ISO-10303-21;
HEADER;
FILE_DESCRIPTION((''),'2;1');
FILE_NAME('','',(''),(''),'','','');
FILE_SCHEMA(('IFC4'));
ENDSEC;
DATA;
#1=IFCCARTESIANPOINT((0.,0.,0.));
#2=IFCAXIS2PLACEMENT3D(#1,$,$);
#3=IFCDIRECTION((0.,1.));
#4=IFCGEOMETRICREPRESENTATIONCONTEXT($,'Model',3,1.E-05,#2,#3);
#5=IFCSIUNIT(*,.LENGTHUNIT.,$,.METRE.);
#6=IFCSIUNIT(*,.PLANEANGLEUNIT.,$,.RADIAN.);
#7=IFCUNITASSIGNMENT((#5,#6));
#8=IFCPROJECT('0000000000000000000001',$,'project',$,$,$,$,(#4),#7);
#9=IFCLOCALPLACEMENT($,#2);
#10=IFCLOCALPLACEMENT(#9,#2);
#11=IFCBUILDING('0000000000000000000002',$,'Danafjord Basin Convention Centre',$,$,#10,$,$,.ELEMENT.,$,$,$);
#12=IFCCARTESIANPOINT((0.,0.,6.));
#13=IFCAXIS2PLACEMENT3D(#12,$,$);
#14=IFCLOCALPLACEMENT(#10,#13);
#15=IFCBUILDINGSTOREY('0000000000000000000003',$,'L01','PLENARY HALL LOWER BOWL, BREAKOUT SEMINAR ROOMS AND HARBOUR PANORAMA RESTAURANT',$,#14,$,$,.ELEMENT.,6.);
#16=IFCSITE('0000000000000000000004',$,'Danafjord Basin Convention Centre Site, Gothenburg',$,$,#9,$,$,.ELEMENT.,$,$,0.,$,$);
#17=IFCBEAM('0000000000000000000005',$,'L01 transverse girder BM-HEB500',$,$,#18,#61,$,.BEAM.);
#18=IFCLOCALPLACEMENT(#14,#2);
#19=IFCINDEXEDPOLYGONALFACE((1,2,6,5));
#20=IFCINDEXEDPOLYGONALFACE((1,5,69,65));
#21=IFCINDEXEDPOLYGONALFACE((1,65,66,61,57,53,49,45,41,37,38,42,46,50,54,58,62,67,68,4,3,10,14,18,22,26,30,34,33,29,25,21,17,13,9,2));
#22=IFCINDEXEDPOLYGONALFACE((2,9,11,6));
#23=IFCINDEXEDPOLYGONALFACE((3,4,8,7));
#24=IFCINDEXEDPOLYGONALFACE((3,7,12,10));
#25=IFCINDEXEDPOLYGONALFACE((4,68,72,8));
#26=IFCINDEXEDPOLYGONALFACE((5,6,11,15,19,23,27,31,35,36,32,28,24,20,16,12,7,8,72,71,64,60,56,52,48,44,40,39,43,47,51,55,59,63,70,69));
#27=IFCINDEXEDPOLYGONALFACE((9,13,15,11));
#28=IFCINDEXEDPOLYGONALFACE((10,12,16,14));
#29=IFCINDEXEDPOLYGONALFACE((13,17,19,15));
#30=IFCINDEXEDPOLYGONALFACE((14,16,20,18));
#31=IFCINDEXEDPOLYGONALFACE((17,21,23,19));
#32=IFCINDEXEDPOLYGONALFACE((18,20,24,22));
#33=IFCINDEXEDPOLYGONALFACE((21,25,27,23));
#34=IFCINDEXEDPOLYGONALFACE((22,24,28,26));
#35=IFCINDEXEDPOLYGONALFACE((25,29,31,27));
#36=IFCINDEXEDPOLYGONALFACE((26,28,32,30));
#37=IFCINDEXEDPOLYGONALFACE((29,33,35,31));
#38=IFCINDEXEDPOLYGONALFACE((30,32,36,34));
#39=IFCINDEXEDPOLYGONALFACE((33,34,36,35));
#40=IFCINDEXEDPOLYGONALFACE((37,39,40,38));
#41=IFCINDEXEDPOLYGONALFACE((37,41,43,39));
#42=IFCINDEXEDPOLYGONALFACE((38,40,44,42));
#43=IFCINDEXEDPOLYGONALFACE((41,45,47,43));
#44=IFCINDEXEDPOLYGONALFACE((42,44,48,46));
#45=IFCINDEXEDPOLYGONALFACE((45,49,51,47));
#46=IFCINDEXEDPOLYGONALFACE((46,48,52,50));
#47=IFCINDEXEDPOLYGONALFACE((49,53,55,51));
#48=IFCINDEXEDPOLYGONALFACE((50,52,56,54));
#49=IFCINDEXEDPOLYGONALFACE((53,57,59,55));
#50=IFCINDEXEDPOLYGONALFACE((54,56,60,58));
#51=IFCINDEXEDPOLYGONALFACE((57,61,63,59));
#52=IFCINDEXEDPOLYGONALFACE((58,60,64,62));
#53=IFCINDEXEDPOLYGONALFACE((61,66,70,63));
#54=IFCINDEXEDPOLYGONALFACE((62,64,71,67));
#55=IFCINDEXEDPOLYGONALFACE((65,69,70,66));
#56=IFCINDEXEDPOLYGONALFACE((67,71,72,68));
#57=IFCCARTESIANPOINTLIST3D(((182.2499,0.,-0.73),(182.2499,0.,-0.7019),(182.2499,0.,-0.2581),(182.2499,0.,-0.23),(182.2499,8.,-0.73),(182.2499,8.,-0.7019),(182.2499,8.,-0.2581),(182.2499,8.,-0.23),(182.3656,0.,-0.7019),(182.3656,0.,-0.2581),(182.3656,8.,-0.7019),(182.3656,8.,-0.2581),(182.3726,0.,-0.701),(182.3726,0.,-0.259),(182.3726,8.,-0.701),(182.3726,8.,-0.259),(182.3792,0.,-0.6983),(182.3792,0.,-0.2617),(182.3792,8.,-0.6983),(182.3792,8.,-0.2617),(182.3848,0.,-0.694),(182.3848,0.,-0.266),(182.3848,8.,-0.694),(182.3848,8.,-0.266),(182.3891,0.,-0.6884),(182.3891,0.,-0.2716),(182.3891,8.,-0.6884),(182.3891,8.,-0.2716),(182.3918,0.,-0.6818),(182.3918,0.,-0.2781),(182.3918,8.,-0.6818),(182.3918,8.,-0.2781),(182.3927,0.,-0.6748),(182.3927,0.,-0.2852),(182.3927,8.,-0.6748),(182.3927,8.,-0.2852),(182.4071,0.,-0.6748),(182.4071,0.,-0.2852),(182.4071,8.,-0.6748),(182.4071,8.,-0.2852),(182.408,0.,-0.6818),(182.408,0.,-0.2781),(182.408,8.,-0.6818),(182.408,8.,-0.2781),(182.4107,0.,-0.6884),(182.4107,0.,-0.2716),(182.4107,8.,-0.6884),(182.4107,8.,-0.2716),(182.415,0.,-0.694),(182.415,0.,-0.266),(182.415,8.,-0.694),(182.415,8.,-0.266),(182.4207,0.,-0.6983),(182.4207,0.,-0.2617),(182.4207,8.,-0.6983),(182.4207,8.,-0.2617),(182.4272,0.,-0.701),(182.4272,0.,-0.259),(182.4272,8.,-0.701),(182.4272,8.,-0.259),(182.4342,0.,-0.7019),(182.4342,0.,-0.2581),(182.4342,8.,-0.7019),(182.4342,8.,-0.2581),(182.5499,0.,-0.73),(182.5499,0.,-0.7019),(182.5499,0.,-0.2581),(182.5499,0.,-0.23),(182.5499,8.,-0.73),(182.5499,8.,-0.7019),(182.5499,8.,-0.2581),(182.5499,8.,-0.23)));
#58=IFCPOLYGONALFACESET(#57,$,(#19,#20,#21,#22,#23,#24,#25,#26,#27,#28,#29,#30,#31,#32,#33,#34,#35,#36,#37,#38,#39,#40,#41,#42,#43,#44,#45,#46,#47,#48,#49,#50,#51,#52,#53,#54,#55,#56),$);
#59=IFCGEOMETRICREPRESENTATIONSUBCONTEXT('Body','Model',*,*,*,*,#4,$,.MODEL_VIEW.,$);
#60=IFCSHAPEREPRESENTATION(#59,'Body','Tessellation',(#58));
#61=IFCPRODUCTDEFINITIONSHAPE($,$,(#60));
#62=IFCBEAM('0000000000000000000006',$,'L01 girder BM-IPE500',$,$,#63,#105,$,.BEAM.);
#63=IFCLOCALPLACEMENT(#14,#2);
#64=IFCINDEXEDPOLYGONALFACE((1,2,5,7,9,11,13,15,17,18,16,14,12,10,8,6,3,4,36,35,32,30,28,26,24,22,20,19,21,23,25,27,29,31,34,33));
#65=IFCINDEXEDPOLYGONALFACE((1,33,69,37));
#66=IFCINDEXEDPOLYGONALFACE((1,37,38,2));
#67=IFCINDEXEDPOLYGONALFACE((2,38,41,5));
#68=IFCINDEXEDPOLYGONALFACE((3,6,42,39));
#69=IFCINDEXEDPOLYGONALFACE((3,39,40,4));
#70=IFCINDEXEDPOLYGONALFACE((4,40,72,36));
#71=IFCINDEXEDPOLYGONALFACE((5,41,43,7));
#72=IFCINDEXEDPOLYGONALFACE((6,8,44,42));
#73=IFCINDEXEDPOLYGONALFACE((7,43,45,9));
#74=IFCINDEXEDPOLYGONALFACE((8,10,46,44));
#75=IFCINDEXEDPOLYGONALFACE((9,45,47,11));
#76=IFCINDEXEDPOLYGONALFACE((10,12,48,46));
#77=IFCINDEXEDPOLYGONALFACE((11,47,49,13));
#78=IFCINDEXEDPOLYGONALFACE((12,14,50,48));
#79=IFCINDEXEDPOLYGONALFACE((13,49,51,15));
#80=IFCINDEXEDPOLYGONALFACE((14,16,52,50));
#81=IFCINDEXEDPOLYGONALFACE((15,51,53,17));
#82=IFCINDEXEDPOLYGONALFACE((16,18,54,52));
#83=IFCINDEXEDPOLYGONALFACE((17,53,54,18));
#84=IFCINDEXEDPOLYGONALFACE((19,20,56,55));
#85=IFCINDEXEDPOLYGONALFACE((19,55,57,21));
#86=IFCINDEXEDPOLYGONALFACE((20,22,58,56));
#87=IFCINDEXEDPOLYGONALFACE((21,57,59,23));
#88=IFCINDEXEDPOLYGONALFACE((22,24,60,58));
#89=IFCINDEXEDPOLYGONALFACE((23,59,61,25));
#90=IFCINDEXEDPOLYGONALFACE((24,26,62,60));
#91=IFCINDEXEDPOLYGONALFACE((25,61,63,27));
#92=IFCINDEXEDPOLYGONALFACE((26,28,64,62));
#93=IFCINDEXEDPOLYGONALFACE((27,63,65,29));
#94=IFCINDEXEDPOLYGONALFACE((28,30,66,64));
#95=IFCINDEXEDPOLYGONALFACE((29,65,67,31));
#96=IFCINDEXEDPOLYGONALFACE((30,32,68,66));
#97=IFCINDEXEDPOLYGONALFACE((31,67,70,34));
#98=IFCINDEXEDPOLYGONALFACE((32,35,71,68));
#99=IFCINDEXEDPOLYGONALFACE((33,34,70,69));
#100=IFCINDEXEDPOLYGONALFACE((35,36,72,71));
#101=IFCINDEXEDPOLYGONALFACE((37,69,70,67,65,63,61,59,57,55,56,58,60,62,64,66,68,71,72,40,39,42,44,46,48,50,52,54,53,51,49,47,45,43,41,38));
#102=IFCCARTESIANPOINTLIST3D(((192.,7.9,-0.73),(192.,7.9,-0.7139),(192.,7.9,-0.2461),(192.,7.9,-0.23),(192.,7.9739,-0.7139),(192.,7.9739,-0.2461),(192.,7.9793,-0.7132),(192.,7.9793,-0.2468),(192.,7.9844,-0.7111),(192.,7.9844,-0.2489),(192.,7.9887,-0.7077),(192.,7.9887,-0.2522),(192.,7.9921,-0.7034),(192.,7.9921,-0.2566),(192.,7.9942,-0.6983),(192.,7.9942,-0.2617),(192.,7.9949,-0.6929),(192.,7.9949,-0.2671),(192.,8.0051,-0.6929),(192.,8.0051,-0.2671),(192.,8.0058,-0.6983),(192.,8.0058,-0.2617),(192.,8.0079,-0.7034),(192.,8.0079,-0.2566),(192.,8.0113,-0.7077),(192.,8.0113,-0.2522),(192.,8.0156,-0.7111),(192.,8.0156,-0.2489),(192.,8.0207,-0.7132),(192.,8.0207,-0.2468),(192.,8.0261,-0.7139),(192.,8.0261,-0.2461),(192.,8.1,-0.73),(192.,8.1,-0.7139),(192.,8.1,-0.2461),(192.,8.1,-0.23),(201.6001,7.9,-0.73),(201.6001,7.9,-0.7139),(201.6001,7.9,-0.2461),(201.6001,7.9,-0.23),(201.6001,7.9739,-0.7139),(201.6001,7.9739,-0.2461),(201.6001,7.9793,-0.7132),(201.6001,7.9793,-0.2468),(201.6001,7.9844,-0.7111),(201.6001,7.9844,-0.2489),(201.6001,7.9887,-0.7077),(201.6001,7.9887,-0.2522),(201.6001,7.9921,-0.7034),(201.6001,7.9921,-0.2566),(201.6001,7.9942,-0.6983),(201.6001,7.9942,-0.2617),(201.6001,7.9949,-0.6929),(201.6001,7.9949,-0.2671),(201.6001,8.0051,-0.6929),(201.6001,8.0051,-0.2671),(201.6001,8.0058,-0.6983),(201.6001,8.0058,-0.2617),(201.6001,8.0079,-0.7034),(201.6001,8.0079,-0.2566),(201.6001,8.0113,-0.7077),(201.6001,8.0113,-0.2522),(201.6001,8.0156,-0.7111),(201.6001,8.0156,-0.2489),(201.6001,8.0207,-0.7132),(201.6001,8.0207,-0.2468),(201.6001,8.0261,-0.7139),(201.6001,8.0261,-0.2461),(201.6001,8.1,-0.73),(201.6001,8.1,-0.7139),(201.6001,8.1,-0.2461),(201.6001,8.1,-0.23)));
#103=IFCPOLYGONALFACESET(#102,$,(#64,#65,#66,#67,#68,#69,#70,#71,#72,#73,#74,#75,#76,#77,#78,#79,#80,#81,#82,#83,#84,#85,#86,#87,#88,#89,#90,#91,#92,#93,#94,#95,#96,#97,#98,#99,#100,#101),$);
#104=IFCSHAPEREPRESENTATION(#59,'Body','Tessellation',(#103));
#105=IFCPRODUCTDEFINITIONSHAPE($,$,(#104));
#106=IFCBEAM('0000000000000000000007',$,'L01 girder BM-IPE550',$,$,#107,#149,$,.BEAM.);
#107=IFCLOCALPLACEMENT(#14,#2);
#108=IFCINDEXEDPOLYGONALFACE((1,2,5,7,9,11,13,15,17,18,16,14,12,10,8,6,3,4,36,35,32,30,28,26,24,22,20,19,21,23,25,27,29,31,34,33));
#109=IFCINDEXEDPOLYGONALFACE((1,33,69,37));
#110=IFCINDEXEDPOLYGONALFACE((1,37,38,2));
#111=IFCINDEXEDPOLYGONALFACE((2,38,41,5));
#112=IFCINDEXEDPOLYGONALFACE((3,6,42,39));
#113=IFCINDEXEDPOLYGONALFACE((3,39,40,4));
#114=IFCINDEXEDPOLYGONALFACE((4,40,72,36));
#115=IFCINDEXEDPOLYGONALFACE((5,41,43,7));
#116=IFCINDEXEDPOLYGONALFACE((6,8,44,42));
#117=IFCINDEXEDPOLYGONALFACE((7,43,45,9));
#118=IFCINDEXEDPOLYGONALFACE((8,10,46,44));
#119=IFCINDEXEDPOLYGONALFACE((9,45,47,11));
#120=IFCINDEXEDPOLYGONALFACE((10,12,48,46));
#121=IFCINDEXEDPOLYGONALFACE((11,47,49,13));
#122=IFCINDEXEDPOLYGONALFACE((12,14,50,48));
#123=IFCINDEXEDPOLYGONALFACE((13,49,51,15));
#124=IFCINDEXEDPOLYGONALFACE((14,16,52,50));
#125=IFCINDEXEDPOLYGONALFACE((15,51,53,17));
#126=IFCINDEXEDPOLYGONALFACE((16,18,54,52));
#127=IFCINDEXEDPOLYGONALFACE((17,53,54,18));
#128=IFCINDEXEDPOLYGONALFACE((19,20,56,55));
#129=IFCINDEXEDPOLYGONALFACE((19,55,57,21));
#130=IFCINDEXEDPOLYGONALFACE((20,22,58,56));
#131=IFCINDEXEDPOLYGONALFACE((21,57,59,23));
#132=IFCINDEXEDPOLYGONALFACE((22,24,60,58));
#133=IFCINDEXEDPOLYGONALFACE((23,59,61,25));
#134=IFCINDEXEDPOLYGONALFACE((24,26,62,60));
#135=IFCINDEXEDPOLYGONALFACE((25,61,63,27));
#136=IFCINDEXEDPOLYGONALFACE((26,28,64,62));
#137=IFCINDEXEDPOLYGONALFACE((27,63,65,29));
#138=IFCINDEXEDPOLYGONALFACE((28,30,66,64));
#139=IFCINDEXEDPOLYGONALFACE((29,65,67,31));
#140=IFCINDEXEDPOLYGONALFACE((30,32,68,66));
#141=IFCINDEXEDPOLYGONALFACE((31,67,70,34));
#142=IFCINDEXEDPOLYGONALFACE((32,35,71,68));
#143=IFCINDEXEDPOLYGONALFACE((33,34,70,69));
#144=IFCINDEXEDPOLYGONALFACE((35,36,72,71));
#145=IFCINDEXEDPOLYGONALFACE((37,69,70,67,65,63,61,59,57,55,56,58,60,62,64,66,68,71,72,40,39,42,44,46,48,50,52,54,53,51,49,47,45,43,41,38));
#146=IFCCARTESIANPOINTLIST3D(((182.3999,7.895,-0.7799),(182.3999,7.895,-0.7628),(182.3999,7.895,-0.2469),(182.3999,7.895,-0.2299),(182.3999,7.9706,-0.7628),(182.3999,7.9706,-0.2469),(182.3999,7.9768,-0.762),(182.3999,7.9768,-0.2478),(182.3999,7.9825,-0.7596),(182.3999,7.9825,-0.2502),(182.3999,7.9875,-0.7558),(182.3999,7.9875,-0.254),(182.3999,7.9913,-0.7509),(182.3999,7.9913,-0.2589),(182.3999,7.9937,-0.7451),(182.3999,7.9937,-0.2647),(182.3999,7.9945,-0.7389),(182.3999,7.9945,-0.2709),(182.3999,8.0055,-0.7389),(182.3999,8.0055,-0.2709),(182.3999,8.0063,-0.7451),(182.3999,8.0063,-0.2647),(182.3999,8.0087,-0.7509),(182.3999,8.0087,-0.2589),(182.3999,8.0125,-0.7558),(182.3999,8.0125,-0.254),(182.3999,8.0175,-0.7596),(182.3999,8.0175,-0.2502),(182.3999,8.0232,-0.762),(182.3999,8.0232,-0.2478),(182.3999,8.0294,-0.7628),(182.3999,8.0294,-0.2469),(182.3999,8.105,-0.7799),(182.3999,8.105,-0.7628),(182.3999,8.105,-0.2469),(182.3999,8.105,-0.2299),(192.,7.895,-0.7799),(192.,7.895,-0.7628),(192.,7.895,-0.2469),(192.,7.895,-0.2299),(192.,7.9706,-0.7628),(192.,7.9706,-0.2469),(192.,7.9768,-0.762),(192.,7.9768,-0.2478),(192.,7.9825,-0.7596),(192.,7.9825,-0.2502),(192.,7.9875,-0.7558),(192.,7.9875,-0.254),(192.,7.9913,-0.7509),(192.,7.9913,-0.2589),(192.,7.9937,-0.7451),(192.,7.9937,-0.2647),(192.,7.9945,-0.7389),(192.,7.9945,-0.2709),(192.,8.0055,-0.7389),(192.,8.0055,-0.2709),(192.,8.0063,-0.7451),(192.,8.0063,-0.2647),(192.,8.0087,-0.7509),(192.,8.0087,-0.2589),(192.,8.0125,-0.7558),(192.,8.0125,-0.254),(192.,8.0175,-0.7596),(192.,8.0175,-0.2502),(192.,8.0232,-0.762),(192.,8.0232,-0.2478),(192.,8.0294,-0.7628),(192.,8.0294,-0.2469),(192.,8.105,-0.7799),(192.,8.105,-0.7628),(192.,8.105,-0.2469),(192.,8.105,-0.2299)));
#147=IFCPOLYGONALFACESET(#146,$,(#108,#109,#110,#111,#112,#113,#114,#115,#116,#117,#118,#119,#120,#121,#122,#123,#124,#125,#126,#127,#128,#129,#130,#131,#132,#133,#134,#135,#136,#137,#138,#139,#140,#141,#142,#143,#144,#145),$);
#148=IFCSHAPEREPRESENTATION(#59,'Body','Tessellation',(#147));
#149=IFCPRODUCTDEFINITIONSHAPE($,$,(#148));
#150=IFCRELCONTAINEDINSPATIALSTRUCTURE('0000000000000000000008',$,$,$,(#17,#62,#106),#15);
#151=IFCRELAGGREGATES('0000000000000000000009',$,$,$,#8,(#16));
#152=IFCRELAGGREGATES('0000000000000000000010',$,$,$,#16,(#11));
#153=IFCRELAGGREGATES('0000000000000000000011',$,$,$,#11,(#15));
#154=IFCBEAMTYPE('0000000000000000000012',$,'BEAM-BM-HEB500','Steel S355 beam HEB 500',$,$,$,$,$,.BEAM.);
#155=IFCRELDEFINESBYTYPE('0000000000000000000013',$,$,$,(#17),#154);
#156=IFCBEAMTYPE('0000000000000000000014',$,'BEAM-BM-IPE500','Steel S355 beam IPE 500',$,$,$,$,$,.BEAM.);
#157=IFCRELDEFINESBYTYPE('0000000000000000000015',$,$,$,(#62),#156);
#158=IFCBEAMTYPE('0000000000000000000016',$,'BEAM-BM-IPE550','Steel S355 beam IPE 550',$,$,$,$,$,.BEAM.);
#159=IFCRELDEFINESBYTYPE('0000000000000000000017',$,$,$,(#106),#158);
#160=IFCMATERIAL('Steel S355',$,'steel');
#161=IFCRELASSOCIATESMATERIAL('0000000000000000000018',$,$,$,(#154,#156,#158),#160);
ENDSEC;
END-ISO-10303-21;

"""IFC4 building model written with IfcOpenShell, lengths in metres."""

from ifc_helpers import new_model, si_unit, direction, frame, origin, origin_2d, place, context, subcontext, project, spatial, i_section, extrude, material, material_profile, profile_set, type_object, element, save


model = new_model("IFC4")

# Units and contexts
model_context = context("Model", 3, precision=1e-05, world=origin(), true_north=direction((0.0, 1.0)))
body_context = subcontext(model_context, "Body", "Model", "MODEL_VIEW")
ifc_project = project(units=[si_unit("LENGTHUNIT", "METRE"), si_unit("PLANEANGLEUNIT", "RADIAN")], contexts=[model_context])

# Site, building, storey
site_placement = place(None, origin())
site = spatial("IfcSite", under=ifc_project, at=site_placement, Name="Danafjord Basin Convention Centre Site, Gothenburg", CompositionType="ELEMENT", RefElevation=0.0)
building_placement = place(site_placement, origin())
building = spatial("IfcBuilding", under=site, at=building_placement, Name="Danafjord Basin Convention Centre", CompositionType="ELEMENT")
storey_placement = place(building_placement, frame((0.0, 0.0, 6.0)))
storey = spatial("IfcBuildingStorey", under=building, at=storey_placement, Name="L01", Description="PLENARY HALL LOWER BOWL, BREAKOUT SEMINAR ROOMS AND HARBOUR PANORAMA RESTAURANT", CompositionType="ELEMENT", Elevation=6.0)

# Shared definitions
ifc_material_1 = material(Name="Steel S355", Category="steel")

# Beams
ifc_material_profile_1 = material_profile(ifc_material_1, i_section(OverallWidth=0.3, OverallDepth=0.5, WebThickness=0.0144, FlangeThickness=0.0281, FilletRadius=0.0271, at=origin_2d()), Name="HEB 500")
ifc_profile_set_1 = profile_set([ifc_material_profile_1], Name="Steel S355")
beam_type_1 = type_object("IfcBeamType", Name="BEAM-BM-HEB500", Description="Steel S355 beam HEB 500", PredefinedType="BEAM", material=ifc_profile_set_1)
for number, where, z_axis, x_axis, name in (
    (1, (182.3999, 0.0, -0.48), (0.0, 1.0, 0.0), (-1.0, 0.0, 0.0), "L01 transverse girder BM-HEB500"),
):
    element("IfcBeam", number, at=place(storey_placement, frame(where, z_axis=z_axis, x_axis=x_axis)), inside=storey, type_object=beam_type_1, Name=name, PredefinedType="BEAM", context=body_context, shape_type="SweptSolid", body=[
        extrude(i_section(OverallWidth=0.3, OverallDepth=0.5, WebThickness=0.0144, FlangeThickness=0.0281, FilletRadius=0.0271, at=origin_2d()), origin(), (0.0, 0.0, 1.0), 8.0),
    ])
ifc_material_profile_2 = material_profile(ifc_material_1, i_section(OverallWidth=0.2, OverallDepth=0.5, WebThickness=0.0103, FlangeThickness=0.0161, FilletRadius=0.021, at=origin_2d()), Name="IPE 500")
ifc_profile_set_2 = profile_set([ifc_material_profile_2], Name="Steel S355")
beam_type_2 = type_object("IfcBeamType", Name="BEAM-BM-IPE500", Description="Steel S355 beam IPE 500", PredefinedType="BEAM", material=ifc_profile_set_2)
beam_1_placement = place(storey_placement, frame((192.0, 8.0, -0.48), z_axis=(1.0, 0.0, 0.0), x_axis=(0.0, 1.0, 0.0)))
element("IfcBeam", 2, at=beam_1_placement, inside=storey, type_object=beam_type_2, Name="L01 girder BM-IPE500", PredefinedType="BEAM", context=body_context, shape_type="SweptSolid", body=[
    extrude(i_section(OverallWidth=0.2, OverallDepth=0.5, WebThickness=0.0103, FlangeThickness=0.0161, FilletRadius=0.021, at=origin_2d()), origin(), (0.0, 0.0, 1.0), 9.6001),
])
ifc_material_profile_3 = material_profile(ifc_material_1, i_section(OverallWidth=0.21, OverallDepth=0.55, WebThickness=0.011, FlangeThickness=0.0171, FilletRadius=0.0239, at=origin_2d()), Name="IPE 550")
ifc_profile_set_3 = profile_set([ifc_material_profile_3], Name="Steel S355")
beam_type_3 = type_object("IfcBeamType", Name="BEAM-BM-IPE550", Description="Steel S355 beam IPE 550", PredefinedType="BEAM", material=ifc_profile_set_3)
beam_2_placement = place(storey_placement, frame((182.3999, 8.0, -0.5049), z_axis=(1.0, 0.0, 0.0), x_axis=(0.0, 1.0, 0.0)))
element("IfcBeam", 3, at=beam_2_placement, inside=storey, type_object=beam_type_3, Name="L01 girder BM-IPE550", PredefinedType="BEAM", context=body_context, shape_type="SweptSolid", body=[
    extrude(i_section(OverallWidth=0.21, OverallDepth=0.55, WebThickness=0.011, FlangeThickness=0.0171, FilletRadius=0.0239, at=origin_2d()), origin(), (0.0, 0.0, 1.0), 9.6001),
])

save(model, "model.ifc")
